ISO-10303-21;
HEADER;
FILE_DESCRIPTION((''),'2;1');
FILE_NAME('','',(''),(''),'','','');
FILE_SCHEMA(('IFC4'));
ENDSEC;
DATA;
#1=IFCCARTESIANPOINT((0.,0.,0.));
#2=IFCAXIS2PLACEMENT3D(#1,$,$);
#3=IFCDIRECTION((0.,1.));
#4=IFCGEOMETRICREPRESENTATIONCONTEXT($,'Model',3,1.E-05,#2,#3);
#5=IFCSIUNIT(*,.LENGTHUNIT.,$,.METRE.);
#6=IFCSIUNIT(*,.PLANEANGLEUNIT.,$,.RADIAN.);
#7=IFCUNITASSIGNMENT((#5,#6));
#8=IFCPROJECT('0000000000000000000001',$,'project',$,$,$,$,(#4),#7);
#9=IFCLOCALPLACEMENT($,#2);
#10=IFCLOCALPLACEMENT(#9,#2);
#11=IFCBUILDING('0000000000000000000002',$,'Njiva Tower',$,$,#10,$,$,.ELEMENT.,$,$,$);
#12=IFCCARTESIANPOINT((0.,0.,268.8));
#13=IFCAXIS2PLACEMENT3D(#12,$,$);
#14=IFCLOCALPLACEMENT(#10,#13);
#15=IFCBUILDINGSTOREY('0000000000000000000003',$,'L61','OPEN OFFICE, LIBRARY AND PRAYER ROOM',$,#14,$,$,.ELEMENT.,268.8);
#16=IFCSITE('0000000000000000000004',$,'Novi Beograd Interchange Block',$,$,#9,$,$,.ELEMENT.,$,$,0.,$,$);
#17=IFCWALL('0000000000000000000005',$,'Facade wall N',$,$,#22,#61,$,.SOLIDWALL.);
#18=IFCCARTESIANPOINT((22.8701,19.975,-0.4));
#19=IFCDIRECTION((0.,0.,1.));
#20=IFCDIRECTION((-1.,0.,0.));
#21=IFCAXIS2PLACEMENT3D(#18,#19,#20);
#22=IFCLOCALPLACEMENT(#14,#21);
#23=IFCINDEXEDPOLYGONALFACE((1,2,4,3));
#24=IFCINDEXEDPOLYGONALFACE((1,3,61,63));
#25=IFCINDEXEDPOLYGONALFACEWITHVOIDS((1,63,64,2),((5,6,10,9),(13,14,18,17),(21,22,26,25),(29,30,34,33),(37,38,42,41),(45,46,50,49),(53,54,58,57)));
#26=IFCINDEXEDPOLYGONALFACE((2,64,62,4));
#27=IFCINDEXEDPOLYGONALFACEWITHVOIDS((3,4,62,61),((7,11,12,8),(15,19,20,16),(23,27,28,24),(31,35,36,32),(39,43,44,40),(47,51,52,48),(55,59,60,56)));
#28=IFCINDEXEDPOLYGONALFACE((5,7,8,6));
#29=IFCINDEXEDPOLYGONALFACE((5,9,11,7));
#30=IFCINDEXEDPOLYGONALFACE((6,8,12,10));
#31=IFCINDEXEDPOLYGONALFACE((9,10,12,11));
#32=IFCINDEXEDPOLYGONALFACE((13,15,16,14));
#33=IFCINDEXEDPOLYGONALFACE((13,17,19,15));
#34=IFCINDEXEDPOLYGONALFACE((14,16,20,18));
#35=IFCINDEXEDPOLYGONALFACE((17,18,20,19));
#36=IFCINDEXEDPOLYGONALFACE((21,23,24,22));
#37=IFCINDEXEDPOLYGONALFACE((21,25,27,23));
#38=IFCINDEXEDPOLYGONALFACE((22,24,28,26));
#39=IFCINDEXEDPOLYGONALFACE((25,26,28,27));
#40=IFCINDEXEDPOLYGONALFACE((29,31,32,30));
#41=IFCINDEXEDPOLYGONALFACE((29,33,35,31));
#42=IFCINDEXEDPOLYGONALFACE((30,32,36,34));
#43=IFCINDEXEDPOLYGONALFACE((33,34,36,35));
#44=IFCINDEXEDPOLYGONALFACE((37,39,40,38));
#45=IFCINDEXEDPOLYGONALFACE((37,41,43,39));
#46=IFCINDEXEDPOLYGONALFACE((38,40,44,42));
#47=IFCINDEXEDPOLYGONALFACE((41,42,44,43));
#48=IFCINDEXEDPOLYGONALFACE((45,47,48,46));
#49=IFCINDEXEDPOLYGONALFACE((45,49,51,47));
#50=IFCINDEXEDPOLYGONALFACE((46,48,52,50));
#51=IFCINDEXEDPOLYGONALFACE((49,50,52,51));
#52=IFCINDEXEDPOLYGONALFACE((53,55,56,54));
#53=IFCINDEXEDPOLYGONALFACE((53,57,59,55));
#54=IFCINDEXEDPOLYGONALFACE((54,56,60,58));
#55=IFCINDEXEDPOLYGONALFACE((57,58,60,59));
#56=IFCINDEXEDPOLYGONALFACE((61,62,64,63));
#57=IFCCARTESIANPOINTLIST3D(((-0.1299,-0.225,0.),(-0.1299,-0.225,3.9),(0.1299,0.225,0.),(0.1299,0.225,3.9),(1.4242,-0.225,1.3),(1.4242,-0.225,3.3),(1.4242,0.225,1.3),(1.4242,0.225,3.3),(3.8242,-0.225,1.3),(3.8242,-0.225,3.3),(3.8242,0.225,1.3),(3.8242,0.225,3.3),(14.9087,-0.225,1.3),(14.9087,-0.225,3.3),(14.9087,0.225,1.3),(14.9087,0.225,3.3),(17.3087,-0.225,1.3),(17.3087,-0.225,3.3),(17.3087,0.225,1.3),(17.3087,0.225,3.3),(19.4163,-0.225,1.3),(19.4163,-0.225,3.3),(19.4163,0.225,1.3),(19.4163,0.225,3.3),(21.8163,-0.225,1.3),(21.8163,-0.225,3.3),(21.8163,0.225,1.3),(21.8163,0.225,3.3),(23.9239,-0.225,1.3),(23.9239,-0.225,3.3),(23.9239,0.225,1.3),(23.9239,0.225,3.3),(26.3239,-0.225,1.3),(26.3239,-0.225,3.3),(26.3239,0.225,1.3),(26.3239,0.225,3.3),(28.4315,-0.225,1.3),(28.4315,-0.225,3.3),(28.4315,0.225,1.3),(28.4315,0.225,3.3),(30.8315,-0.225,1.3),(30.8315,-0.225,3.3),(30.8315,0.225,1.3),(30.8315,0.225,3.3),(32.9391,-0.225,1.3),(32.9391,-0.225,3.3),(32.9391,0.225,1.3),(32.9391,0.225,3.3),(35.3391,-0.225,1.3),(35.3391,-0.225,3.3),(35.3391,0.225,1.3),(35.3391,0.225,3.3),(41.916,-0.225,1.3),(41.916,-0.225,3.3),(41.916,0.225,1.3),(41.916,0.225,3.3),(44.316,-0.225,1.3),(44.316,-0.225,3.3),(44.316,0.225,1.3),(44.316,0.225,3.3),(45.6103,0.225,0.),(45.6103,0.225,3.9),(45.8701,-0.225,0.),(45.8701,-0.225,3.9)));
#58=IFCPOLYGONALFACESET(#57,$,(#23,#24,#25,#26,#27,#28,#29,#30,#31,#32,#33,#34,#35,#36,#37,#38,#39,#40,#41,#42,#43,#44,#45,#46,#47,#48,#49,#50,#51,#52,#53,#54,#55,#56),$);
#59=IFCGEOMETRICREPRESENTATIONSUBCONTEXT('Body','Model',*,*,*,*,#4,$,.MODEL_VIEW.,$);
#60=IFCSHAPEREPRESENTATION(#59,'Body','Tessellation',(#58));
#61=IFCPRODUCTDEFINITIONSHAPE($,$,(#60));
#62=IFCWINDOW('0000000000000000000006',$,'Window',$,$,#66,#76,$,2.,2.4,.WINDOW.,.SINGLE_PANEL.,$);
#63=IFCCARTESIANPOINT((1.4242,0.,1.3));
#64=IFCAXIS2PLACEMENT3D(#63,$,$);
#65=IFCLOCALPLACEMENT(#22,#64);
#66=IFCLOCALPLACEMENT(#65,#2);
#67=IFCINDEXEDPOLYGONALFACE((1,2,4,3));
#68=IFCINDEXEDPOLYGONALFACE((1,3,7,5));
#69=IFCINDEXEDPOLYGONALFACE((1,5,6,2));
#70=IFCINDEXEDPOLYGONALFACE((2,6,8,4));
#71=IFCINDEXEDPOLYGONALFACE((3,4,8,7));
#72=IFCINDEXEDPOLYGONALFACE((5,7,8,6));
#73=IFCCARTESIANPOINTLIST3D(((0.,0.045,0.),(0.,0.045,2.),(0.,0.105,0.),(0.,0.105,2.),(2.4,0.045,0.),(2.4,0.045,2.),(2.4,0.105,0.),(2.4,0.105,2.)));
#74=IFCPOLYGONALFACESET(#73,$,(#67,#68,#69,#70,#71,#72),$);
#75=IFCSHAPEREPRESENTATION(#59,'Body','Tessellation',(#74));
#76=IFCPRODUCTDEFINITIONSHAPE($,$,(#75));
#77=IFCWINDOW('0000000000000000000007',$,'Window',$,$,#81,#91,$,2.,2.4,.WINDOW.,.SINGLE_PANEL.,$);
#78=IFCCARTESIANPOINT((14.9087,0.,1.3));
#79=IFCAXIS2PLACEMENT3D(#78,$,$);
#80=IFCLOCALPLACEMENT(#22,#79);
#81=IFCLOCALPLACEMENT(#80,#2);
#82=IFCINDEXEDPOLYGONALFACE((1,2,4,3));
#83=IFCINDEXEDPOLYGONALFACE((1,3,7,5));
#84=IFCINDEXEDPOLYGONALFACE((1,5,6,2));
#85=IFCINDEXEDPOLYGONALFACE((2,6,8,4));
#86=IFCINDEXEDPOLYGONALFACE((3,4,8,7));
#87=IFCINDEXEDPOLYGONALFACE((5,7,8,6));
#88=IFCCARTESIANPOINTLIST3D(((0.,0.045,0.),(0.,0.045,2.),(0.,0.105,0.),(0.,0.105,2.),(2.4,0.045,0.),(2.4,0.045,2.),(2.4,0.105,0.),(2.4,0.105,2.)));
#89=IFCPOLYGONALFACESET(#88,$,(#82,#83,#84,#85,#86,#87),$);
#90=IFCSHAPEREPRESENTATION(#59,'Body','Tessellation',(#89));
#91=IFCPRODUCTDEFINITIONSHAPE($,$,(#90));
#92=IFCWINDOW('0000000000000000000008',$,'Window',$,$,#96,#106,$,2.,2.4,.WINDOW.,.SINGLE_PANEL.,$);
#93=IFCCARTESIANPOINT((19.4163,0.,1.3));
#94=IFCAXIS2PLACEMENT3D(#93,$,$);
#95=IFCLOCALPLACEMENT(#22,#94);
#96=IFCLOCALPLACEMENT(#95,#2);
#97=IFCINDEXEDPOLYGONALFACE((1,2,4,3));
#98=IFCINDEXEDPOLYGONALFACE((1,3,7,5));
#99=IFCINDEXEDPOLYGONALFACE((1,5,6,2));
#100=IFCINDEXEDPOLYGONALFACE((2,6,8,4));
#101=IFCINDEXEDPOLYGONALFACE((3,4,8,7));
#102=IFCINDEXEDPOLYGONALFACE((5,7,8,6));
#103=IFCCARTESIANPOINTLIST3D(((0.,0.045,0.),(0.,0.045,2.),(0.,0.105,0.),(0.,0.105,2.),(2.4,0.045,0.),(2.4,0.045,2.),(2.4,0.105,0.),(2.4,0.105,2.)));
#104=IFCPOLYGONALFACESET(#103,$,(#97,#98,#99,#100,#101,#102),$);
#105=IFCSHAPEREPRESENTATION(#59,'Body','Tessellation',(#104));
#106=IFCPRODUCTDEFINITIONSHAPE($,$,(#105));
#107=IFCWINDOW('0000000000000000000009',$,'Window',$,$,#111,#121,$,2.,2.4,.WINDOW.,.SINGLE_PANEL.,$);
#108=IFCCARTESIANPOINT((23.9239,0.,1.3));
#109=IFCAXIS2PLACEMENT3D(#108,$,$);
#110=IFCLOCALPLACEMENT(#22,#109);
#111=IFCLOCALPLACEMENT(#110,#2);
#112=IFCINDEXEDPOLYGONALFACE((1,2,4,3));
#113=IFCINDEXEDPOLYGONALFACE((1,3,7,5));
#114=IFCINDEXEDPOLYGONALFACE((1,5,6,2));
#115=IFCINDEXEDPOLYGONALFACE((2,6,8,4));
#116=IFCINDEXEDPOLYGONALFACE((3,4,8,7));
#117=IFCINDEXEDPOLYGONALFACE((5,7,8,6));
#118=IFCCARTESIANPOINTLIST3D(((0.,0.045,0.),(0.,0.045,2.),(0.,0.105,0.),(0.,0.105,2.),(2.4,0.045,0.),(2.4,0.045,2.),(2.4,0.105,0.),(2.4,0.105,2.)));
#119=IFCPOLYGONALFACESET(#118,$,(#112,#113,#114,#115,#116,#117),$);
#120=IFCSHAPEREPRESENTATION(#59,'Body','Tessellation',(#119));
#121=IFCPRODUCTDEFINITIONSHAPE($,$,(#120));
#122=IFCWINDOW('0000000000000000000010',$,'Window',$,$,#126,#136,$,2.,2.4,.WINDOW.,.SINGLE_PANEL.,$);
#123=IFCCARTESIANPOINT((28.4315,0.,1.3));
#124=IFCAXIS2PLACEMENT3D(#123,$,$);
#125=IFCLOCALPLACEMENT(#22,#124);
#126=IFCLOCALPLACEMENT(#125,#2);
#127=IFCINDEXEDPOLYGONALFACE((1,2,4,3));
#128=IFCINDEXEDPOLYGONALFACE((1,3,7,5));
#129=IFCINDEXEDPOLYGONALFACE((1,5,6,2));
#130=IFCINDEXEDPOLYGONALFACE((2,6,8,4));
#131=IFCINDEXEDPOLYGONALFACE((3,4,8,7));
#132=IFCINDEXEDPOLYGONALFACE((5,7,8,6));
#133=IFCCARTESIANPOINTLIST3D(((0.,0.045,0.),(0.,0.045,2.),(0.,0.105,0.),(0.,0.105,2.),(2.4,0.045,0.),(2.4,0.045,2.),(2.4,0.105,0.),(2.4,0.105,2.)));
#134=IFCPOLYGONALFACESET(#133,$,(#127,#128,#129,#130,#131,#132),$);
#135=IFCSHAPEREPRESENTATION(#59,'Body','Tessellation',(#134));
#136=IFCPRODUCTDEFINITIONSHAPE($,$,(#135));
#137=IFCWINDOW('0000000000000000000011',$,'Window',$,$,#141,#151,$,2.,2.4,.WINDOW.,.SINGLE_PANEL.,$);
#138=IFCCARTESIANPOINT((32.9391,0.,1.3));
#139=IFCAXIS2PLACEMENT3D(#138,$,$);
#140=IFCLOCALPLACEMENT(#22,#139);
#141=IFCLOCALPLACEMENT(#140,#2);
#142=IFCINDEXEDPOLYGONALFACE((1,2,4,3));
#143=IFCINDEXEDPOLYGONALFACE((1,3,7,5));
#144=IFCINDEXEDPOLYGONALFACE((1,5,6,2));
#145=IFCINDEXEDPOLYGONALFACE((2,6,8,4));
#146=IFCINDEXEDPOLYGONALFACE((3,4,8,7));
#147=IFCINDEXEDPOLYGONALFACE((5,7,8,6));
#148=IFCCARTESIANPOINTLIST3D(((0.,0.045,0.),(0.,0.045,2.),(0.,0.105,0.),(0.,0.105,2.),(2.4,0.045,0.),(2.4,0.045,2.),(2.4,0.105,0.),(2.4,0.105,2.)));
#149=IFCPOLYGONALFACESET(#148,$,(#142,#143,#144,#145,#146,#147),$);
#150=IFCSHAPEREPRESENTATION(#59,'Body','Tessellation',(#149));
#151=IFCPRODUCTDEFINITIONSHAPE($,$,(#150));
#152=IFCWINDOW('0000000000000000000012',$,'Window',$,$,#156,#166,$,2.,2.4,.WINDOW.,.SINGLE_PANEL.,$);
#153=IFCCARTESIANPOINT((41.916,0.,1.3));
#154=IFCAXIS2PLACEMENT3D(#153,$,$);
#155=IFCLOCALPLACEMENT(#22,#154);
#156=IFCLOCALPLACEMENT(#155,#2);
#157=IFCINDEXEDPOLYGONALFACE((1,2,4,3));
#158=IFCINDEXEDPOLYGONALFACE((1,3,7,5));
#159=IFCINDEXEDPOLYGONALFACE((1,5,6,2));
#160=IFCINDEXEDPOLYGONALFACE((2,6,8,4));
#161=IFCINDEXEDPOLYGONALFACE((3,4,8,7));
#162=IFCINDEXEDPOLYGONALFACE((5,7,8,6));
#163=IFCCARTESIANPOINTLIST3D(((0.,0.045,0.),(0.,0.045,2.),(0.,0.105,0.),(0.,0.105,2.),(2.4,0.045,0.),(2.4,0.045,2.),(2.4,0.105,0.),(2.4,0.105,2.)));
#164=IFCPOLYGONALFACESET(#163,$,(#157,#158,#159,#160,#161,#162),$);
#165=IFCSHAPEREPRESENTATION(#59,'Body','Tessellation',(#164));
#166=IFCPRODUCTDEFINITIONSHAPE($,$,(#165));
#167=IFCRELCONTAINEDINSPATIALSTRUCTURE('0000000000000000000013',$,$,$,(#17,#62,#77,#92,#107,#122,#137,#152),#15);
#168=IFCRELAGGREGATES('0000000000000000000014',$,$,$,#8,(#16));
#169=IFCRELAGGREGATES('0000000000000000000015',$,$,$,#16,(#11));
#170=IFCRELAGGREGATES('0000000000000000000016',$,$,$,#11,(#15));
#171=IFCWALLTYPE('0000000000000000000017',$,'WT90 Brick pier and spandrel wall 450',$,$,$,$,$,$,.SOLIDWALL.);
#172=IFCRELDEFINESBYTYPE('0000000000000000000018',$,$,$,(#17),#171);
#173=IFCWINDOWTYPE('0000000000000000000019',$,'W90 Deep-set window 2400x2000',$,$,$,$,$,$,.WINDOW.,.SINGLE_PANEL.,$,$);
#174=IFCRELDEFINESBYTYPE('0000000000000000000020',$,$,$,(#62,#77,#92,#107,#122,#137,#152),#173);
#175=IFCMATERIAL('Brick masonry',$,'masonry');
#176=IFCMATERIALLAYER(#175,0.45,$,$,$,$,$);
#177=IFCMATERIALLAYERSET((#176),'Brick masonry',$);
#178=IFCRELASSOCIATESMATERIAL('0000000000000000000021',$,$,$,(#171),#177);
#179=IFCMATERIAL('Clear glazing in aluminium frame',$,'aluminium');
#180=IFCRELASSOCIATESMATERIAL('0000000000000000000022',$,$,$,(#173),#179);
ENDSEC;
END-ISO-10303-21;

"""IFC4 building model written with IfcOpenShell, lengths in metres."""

from ifc_helpers import new_model, si_unit, direction, frame, frame_2d, origin, place, context, subcontext, project, spatial, polyline, rectangle, outline, extrude, material, layer, layer_set, type_object, element, fill, save


model = new_model("IFC4")

# Units and contexts
model_context = context("Model", 3, precision=1e-05, world=origin(), true_north=direction((0.0, 1.0)))
body_context = subcontext(model_context, "Body", "Model", "MODEL_VIEW")
ifc_project = project(units=[si_unit("LENGTHUNIT", "METRE"), si_unit("PLANEANGLEUNIT", "RADIAN")], contexts=[model_context])

# Site, building, storey
site_placement = place(None, origin())
site = spatial("IfcSite", under=ifc_project, at=site_placement, Name="Novi Beograd Interchange Block", CompositionType="ELEMENT", RefElevation=0.0)
building_placement = place(site_placement, origin())
building = spatial("IfcBuilding", under=site, at=building_placement, Name="Njiva Tower", CompositionType="ELEMENT")
storey_placement = place(building_placement, frame((0.0, 0.0, 268.8)))
storey = spatial("IfcBuildingStorey", under=building, at=storey_placement, Name="L61", Description="OPEN OFFICE, LIBRARY AND PRAYER ROOM", CompositionType="ELEMENT", Elevation=268.8)

# Wall, openings, windows
ifc_material_1 = material(Name="Brick masonry", Category="masonry")
ifc_layer_1 = layer(ifc_material_1, 0.45)
ifc_layer_set_1 = layer_set([ifc_layer_1], Name="Brick masonry")
wall_type_1 = type_object("IfcWallType", Name="WT90 Brick pier and spandrel wall 450", PredefinedType="SOLIDWALL", material=ifc_layer_set_1)
wall_1_placement = place(storey_placement, frame((22.8701, 19.975, -0.4), z_axis=(0.0, 0.0, 1.0), x_axis=(-1.0, 0.0, 0.0)))
wall_1 = element("IfcWall", 1, at=wall_1_placement, inside=storey, type_object=wall_type_1, Name="Facade wall N", PredefinedType="SOLIDWALL", context=body_context, shape_type="SweptSolid", body=[
    extrude(outline(polyline([(-0.1299, -0.225), (45.8701, -0.225), (45.6103, 0.225), (0.1299, 0.225), (-0.1299, -0.225)])), origin(), (0.0, 0.0, 1.0), 3.9),
])
opening_1_placement = place(wall_1_placement, frame((1.4242, 0.0, 1.3)))
opening_1 = element("IfcOpeningElement", 2, at=opening_1_placement, cuts=wall_1, PredefinedType="OPENING", context=body_context, shape_type="SweptSolid", body=[
    extrude(rectangle(XDim=2.4, YDim=2.0, at=frame_2d((1.2, 1.0))), frame((0.0, 0.235, 0.0), z_axis=(0.0, -1.0, 0.0), x_axis=(1.0, 0.0, 0.0)), (0.0, 0.0, 1.0), 0.47),
])
opening_2_placement = place(wall_1_placement, frame((14.9087, 0.0, 1.3)))
opening_2 = element("IfcOpeningElement", 3, at=opening_2_placement, cuts=wall_1, PredefinedType="OPENING", context=body_context, shape_type="SweptSolid", body=[
    extrude(rectangle(XDim=2.4, YDim=2.0, at=frame_2d((1.2, 1.0))), frame((0.0, 0.235, 0.0), z_axis=(0.0, -1.0, 0.0), x_axis=(1.0, 0.0, 0.0)), (0.0, 0.0, 1.0), 0.47),
])
opening_3_placement = place(wall_1_placement, frame((19.4163, 0.0, 1.3)))
opening_3 = element("IfcOpeningElement", 4, at=opening_3_placement, cuts=wall_1, PredefinedType="OPENING", context=body_context, shape_type="SweptSolid", body=[
    extrude(rectangle(XDim=2.4, YDim=2.0, at=frame_2d((1.2, 1.0))), frame((0.0, 0.235, 0.0), z_axis=(0.0, -1.0, 0.0), x_axis=(1.0, 0.0, 0.0)), (0.0, 0.0, 1.0), 0.47),
])
opening_4_placement = place(wall_1_placement, frame((23.9239, 0.0, 1.3)))
opening_4 = element("IfcOpeningElement", 5, at=opening_4_placement, cuts=wall_1, PredefinedType="OPENING", context=body_context, shape_type="SweptSolid", body=[
    extrude(rectangle(XDim=2.4, YDim=2.0, at=frame_2d((1.2, 1.0))), frame((0.0, 0.235, 0.0), z_axis=(0.0, -1.0, 0.0), x_axis=(1.0, 0.0, 0.0)), (0.0, 0.0, 1.0), 0.47),
])
opening_5_placement = place(wall_1_placement, frame((28.4315, 0.0, 1.3)))
opening_5 = element("IfcOpeningElement", 6, at=opening_5_placement, cuts=wall_1, PredefinedType="OPENING", context=body_context, shape_type="SweptSolid", body=[
    extrude(rectangle(XDim=2.4, YDim=2.0, at=frame_2d((1.2, 1.0))), frame((0.0, 0.235, 0.0), z_axis=(0.0, -1.0, 0.0), x_axis=(1.0, 0.0, 0.0)), (0.0, 0.0, 1.0), 0.47),
])
opening_6_placement = place(wall_1_placement, frame((32.9391, 0.0, 1.3)))
opening_6 = element("IfcOpeningElement", 7, at=opening_6_placement, cuts=wall_1, PredefinedType="OPENING", context=body_context, shape_type="SweptSolid", body=[
    extrude(rectangle(XDim=2.4, YDim=2.0, at=frame_2d((1.2, 1.0))), frame((0.0, 0.235, 0.0), z_axis=(0.0, -1.0, 0.0), x_axis=(1.0, 0.0, 0.0)), (0.0, 0.0, 1.0), 0.47),
])
opening_7_placement = place(wall_1_placement, frame((41.916, 0.0, 1.3)))
opening_7 = element("IfcOpeningElement", 8, at=opening_7_placement, cuts=wall_1, PredefinedType="OPENING", context=body_context, shape_type="SweptSolid", body=[
    extrude(rectangle(XDim=2.4, YDim=2.0, at=frame_2d((1.2, 1.0))), frame((0.0, 0.235, 0.0), z_axis=(0.0, -1.0, 0.0), x_axis=(1.0, 0.0, 0.0)), (0.0, 0.0, 1.0), 0.47),
])
ifc_material_2 = material(Name="Clear glazing in aluminium frame", Category="aluminium")
window_type_1 = type_object("IfcWindowType", Name="W90 Deep-set window 2400x2000", PartitioningType="SINGLE_PANEL", PredefinedType="WINDOW", material=ifc_material_2)
window_1_placement = place(opening_1_placement, origin())
window_1 = element("IfcWindow", 9, at=window_1_placement, inside=storey, type_object=window_type_1, Name="Window", OverallHeight=2.0, OverallWidth=2.4, PartitioningType="SINGLE_PANEL", PredefinedType="WINDOW", context=body_context, shape_type="SweptSolid", body=[
    extrude(rectangle(XDim=2.4, YDim=2.0, at=frame_2d((1.2, 1.0))), frame((0.0, 0.105, 0.0), z_axis=(0.0, -1.0, 0.0), x_axis=(1.0, 0.0, 0.0)), (0.0, 0.0, 1.0), 0.06),
])
fill(opening_1, window_1)
window_2_placement = place(opening_2_placement, origin())
window_2 = element("IfcWindow", 10, at=window_2_placement, inside=storey, type_object=window_type_1, Name="Window", OverallHeight=2.0, OverallWidth=2.4, PartitioningType="SINGLE_PANEL", PredefinedType="WINDOW", context=body_context, shape_type="SweptSolid", body=[
    extrude(rectangle(XDim=2.4, YDim=2.0, at=frame_2d((1.2, 1.0))), frame((0.0, 0.105, 0.0), z_axis=(0.0, -1.0, 0.0), x_axis=(1.0, 0.0, 0.0)), (0.0, 0.0, 1.0), 0.06),
])
fill(opening_2, window_2)
window_3_placement = place(opening_3_placement, origin())
window_3 = element("IfcWindow", 11, at=window_3_placement, inside=storey, type_object=window_type_1, Name="Window", OverallHeight=2.0, OverallWidth=2.4, PartitioningType="SINGLE_PANEL", PredefinedType="WINDOW", context=body_context, shape_type="SweptSolid", body=[
    extrude(rectangle(XDim=2.4, YDim=2.0, at=frame_2d((1.2, 1.0))), frame((0.0, 0.105, 0.0), z_axis=(0.0, -1.0, 0.0), x_axis=(1.0, 0.0, 0.0)), (0.0, 0.0, 1.0), 0.06),
])
fill(opening_3, window_3)
window_4_placement = place(opening_4_placement, origin())
window_4 = element("IfcWindow", 12, at=window_4_placement, inside=storey, type_object=window_type_1, Name="Window", OverallHeight=2.0, OverallWidth=2.4, PartitioningType="SINGLE_PANEL", PredefinedType="WINDOW", context=body_context, shape_type="SweptSolid", body=[
    extrude(rectangle(XDim=2.4, YDim=2.0, at=frame_2d((1.2, 1.0))), frame((0.0, 0.105, 0.0), z_axis=(0.0, -1.0, 0.0), x_axis=(1.0, 0.0, 0.0)), (0.0, 0.0, 1.0), 0.06),
])
fill(opening_4, window_4)
window_5_placement = place(opening_5_placement, origin())
window_5 = element("IfcWindow", 13, at=window_5_placement, inside=storey, type_object=window_type_1, Name="Window", OverallHeight=2.0, OverallWidth=2.4, PartitioningType="SINGLE_PANEL", PredefinedType="WINDOW", context=body_context, shape_type="SweptSolid", body=[
    extrude(rectangle(XDim=2.4, YDim=2.0, at=frame_2d((1.2, 1.0))), frame((0.0, 0.105, 0.0), z_axis=(0.0, -1.0, 0.0), x_axis=(1.0, 0.0, 0.0)), (0.0, 0.0, 1.0), 0.06),
])
fill(opening_5, window_5)
window_6_placement = place(opening_6_placement, origin())
window_6 = element("IfcWindow", 14, at=window_6_placement, inside=storey, type_object=window_type_1, Name="Window", OverallHeight=2.0, OverallWidth=2.4, PartitioningType="SINGLE_PANEL", PredefinedType="WINDOW", context=body_context, shape_type="SweptSolid", body=[
    extrude(rectangle(XDim=2.4, YDim=2.0, at=frame_2d((1.2, 1.0))), frame((0.0, 0.105, 0.0), z_axis=(0.0, -1.0, 0.0), x_axis=(1.0, 0.0, 0.0)), (0.0, 0.0, 1.0), 0.06),
])
fill(opening_6, window_6)
window_7_placement = place(opening_7_placement, origin())
window_7 = element("IfcWindow", 15, at=window_7_placement, inside=storey, type_object=window_type_1, Name="Window", OverallHeight=2.0, OverallWidth=2.4, PartitioningType="SINGLE_PANEL", PredefinedType="WINDOW", context=body_context, shape_type="SweptSolid", body=[
    extrude(rectangle(XDim=2.4, YDim=2.0, at=frame_2d((1.2, 1.0))), frame((0.0, 0.105, 0.0), z_axis=(0.0, -1.0, 0.0), x_axis=(1.0, 0.0, 0.0)), (0.0, 0.0, 1.0), 0.06),
])
fill(opening_7, window_7)

save(model, "model.ifc")
